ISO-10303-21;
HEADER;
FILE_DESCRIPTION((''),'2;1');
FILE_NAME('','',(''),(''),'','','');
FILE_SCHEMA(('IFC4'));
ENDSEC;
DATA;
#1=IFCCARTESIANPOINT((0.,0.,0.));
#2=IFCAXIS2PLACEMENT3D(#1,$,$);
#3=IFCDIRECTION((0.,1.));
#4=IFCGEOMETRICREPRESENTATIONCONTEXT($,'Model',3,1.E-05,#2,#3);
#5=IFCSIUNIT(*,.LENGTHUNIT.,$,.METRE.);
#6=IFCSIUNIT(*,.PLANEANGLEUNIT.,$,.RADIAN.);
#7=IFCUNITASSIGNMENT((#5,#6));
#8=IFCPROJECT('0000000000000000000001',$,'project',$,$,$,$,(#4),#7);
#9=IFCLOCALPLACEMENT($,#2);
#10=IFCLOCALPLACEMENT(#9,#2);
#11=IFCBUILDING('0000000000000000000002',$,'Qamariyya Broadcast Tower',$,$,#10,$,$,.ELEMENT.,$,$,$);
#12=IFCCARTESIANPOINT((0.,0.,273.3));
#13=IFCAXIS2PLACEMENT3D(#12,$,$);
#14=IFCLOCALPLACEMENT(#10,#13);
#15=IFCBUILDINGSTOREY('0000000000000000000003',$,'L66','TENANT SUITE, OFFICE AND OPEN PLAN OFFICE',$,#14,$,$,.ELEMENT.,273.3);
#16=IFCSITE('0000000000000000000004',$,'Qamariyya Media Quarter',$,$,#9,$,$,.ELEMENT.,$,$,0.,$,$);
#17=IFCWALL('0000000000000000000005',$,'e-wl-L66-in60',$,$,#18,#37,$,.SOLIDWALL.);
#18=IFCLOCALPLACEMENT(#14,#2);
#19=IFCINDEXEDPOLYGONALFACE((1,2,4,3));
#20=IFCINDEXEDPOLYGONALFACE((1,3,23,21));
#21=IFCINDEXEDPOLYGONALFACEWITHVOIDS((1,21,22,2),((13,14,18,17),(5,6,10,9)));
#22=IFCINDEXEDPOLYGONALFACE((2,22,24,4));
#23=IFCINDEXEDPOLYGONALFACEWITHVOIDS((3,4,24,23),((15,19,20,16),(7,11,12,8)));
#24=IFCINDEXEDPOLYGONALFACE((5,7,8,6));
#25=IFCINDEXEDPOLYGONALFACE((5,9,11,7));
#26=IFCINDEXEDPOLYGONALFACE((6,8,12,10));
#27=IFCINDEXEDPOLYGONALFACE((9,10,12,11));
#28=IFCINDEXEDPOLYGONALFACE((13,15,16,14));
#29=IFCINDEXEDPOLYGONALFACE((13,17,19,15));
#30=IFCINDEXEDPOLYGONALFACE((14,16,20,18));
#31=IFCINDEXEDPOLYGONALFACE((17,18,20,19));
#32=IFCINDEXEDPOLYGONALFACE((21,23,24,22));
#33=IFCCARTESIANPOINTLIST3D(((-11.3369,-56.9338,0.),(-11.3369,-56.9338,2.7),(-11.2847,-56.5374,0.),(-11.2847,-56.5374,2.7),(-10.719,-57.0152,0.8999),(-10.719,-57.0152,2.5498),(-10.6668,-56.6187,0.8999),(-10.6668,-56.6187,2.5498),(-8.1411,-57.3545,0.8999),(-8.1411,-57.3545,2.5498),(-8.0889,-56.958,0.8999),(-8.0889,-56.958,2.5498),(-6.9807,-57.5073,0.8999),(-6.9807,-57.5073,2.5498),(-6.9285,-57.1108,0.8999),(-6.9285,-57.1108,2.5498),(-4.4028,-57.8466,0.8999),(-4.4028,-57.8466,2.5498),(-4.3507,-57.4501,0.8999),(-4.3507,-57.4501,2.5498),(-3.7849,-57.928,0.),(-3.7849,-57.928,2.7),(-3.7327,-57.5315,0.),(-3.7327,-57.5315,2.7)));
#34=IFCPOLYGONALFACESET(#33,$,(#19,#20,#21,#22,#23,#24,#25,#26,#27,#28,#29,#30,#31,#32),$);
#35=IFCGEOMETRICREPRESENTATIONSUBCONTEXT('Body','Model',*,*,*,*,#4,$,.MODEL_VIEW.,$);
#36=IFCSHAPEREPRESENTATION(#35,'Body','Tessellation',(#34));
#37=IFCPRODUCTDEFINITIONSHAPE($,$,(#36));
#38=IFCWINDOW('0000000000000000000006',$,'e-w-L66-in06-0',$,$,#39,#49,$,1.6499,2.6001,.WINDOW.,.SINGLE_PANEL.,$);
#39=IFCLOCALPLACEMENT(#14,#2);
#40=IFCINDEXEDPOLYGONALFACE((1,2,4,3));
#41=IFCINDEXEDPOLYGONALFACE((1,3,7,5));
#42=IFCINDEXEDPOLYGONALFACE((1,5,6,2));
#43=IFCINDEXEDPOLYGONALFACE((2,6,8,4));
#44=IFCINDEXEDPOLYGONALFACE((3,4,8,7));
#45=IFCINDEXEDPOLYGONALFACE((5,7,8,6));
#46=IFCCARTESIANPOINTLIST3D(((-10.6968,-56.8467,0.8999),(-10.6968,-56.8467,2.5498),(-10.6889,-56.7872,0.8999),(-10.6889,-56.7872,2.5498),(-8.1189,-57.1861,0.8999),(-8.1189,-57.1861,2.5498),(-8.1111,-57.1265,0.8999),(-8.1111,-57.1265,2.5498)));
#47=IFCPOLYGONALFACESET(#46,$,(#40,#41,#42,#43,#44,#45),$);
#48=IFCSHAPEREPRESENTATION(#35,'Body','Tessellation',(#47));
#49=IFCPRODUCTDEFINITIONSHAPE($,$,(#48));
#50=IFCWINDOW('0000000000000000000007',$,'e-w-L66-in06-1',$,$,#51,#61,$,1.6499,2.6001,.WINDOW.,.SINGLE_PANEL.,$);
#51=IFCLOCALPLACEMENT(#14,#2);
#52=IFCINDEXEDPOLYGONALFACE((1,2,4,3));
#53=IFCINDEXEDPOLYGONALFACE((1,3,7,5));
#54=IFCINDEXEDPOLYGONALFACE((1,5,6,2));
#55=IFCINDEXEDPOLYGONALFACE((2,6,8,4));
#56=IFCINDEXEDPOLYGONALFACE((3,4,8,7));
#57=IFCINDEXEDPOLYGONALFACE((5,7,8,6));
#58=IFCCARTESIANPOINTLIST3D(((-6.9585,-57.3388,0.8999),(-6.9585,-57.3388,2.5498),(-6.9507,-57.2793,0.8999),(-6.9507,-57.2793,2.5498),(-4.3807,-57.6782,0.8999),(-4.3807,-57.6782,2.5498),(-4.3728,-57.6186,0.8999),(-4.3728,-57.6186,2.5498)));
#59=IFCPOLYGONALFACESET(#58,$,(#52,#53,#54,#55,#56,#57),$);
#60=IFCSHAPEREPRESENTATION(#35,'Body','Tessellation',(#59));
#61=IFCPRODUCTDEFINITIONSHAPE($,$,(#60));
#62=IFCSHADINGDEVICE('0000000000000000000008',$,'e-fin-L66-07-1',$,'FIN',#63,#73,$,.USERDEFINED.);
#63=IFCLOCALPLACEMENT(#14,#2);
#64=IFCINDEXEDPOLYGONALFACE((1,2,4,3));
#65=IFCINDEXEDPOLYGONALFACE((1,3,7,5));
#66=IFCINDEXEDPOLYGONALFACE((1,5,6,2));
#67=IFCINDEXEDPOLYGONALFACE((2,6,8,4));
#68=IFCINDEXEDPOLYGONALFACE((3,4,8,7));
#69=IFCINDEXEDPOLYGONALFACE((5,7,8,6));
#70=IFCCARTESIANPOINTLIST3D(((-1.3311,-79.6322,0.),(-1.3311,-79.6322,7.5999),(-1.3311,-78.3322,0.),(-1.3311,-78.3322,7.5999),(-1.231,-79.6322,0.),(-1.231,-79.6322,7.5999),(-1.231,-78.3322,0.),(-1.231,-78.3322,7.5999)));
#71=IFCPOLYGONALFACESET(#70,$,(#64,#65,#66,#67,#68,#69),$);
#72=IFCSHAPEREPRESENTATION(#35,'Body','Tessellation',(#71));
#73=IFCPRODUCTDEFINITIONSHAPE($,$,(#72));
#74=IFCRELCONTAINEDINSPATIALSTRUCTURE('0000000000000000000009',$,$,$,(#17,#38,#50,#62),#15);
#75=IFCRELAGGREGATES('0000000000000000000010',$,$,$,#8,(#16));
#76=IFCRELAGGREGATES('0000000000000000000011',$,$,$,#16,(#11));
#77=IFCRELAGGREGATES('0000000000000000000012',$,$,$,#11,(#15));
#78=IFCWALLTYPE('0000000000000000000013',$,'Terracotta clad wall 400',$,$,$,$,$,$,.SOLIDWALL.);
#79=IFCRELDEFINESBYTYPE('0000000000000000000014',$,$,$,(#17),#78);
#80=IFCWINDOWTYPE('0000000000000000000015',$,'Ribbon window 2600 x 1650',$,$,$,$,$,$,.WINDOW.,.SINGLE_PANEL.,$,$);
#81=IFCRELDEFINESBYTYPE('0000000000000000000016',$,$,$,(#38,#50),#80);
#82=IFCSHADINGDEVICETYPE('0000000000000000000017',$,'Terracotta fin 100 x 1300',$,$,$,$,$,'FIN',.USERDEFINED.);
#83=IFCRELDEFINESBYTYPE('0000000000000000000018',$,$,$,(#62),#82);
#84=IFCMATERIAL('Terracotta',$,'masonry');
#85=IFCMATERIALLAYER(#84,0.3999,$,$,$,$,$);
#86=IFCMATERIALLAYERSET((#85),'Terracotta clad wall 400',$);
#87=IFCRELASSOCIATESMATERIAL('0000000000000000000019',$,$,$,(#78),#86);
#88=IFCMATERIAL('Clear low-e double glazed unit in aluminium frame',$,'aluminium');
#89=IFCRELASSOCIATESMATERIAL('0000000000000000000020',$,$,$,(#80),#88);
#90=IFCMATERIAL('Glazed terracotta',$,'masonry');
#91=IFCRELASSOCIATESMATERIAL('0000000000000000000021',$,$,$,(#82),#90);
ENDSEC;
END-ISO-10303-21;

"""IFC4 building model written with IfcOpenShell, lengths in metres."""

from ifc_helpers import new_model, si_unit, direction, frame, frame_2d, origin, origin_2d, place, context, subcontext, project, spatial, rectangle, extrude, material, layer, layer_set, material_profile, profile_set, type_object, element, fill, save


model = new_model("IFC4")

# Units and contexts
model_context = context("Model", 3, precision=1e-05, world=origin(), true_north=direction((0.0, 1.0)))
body_context = subcontext(model_context, "Body", "Model", "MODEL_VIEW")
ifc_project = project(units=[si_unit("LENGTHUNIT", "METRE"), si_unit("PLANEANGLEUNIT", "RADIAN")], contexts=[model_context])

# Site, building, storey
site_placement = place(None, origin())
site = spatial("IfcSite", under=ifc_project, at=site_placement, Name="Qamariyya Media Quarter", CompositionType="ELEMENT", RefElevation=0.0)
building_placement = place(site_placement, origin())
building = spatial("IfcBuilding", under=site, at=building_placement, Name="Qamariyya Broadcast Tower", CompositionType="ELEMENT")
storey_placement = place(building_placement, frame((0.0, 0.0, 273.3)))
storey = spatial("IfcBuildingStorey", under=building, at=storey_placement, Name="L66", Description="TENANT SUITE, OFFICE AND OPEN PLAN OFFICE", CompositionType="ELEMENT", Elevation=273.3)

# Wall, openings, windows
ifc_material_1 = material(Name="Terracotta", Category="masonry")
ifc_layer_1 = layer(ifc_material_1, 0.3999)
ifc_layer_set_1 = layer_set([ifc_layer_1], Name="Terracotta clad wall 400")
wall_type_1 = type_object("IfcWallType", Name="Terracotta clad wall 400", PredefinedType="SOLIDWALL", material=ifc_layer_set_1)
ifc_material_2 = material(Name="Clear low-e double glazed unit in aluminium frame", Category="aluminium")
window_type = type_object("IfcWindowType", Name="Ribbon window 2600 x 1650", PartitioningType="SINGLE_PANEL", PredefinedType="WINDOW", material=ifc_material_2)
wall_1_placement = place(storey_placement, frame((-3.7588, -57.7297, 0.0), z_axis=(0.0, 0.0, 1.0), x_axis=(-0.991447, 0.130513, 0.0)))
wall_1 = element("IfcWall", 1, at=wall_1_placement, inside=storey, type_object=wall_type_1, Name="e-wl-L66-in60", PredefinedType="SOLIDWALL", context=body_context, shape_type="SweptSolid", body=[
    extrude(rectangle(XDim=7.6172, YDim=0.3999, at=frame_2d((3.8086, 0.0))), origin(), (0.0, 0.0, 1.0), 2.7),
])
opening_1_placement = place(wall_1_placement, frame((4.3938, 0.0, 0.8999)))
opening_1 = element("IfcOpeningElement", 2, at=opening_1_placement, cuts=wall_1, PredefinedType="OPENING", context=body_context, shape_type="SweptSolid", body=[
    extrude(rectangle(XDim=2.6001, YDim=1.6499, at=frame_2d((1.3, 0.825))), frame((0.0, 0.21, 0.0), z_axis=(0.0, -1.0, 0.0), x_axis=(1.0, 0.0, 0.0)), (0.0, 0.0, 1.0), 0.4199),
])
opening_2_placement = place(wall_1_placement, frame((0.6233, 0.0, 0.8999)))
opening_2 = element("IfcOpeningElement", 3, at=opening_2_placement, cuts=wall_1, PredefinedType="OPENING", context=body_context, shape_type="SweptSolid", body=[
    extrude(rectangle(XDim=2.6001, YDim=1.6499, at=frame_2d((1.3, 0.825))), frame((0.0, 0.21, 0.0), z_axis=(0.0, -1.0, 0.0), x_axis=(1.0, 0.0, 0.0)), (0.0, 0.0, 1.0), 0.4199),
])
window_1_placement = place(opening_1_placement, origin())
window_1 = element("IfcWindow", 4, at=window_1_placement, inside=storey, type_object=window_type, Name="e-w-L66-in06-0", OverallHeight=1.6499, OverallWidth=2.6001, PartitioningType="SINGLE_PANEL", PredefinedType="WINDOW", context=body_context, shape_type="SweptSolid", body=[
    extrude(rectangle(XDim=2.6001, YDim=1.6499, at=frame_2d((1.3, 0.825))), frame((0.0, 0.03, 0.0), z_axis=(0.0, -1.0, 0.0), x_axis=(1.0, 0.0, 0.0)), (0.0, 0.0, 1.0), 0.0601),
])
fill(opening_1, window_1)
window_2_placement = place(opening_2_placement, origin())
window_2 = element("IfcWindow", 5, at=window_2_placement, inside=storey, type_object=window_type, Name="e-w-L66-in06-1", OverallHeight=1.6499, OverallWidth=2.6001, PartitioningType="SINGLE_PANEL", PredefinedType="WINDOW", context=body_context, shape_type="SweptSolid", body=[
    extrude(rectangle(XDim=2.6001, YDim=1.6499, at=frame_2d((1.3, 0.825))), frame((0.0, 0.03, 0.0), z_axis=(0.0, -1.0, 0.0), x_axis=(1.0, 0.0, 0.0)), (0.0, 0.0, 1.0), 0.0601),
])
fill(opening_2, window_2)

# Shading device
ifc_material_3 = material(Name="Glazed terracotta", Category="masonry")
ifc_material_profile_1 = material_profile(ifc_material_3, rectangle(XDim=1.3, YDim=0.1001, at=origin_2d()))
ifc_profile_set_1 = profile_set([ifc_material_profile_1], Name="Glazed terracotta")
shading_device_type = type_object("IfcShadingDeviceType", Name="Terracotta fin 100 x 1300", ElementType="FIN", PredefinedType="USERDEFINED", material=ifc_profile_set_1)
shading_device_placement = place(storey_placement, frame((-1.281, -78.9822, 0.0), z_axis=(0.0, 0.0, 1.0), x_axis=(0.0, -1.0, 0.0)))
element("IfcShadingDevice", 6, at=shading_device_placement, inside=storey, type_object=shading_device_type, Name="e-fin-L66-07-1", ObjectType="FIN", PredefinedType="USERDEFINED", context=body_context, shape_type="SweptSolid", body=[
    extrude(rectangle(XDim=1.3, YDim=0.1001, at=origin_2d()), origin(), (0.0, 0.0, 1.0), 7.5999),
])

save(model, "model.ifc")
